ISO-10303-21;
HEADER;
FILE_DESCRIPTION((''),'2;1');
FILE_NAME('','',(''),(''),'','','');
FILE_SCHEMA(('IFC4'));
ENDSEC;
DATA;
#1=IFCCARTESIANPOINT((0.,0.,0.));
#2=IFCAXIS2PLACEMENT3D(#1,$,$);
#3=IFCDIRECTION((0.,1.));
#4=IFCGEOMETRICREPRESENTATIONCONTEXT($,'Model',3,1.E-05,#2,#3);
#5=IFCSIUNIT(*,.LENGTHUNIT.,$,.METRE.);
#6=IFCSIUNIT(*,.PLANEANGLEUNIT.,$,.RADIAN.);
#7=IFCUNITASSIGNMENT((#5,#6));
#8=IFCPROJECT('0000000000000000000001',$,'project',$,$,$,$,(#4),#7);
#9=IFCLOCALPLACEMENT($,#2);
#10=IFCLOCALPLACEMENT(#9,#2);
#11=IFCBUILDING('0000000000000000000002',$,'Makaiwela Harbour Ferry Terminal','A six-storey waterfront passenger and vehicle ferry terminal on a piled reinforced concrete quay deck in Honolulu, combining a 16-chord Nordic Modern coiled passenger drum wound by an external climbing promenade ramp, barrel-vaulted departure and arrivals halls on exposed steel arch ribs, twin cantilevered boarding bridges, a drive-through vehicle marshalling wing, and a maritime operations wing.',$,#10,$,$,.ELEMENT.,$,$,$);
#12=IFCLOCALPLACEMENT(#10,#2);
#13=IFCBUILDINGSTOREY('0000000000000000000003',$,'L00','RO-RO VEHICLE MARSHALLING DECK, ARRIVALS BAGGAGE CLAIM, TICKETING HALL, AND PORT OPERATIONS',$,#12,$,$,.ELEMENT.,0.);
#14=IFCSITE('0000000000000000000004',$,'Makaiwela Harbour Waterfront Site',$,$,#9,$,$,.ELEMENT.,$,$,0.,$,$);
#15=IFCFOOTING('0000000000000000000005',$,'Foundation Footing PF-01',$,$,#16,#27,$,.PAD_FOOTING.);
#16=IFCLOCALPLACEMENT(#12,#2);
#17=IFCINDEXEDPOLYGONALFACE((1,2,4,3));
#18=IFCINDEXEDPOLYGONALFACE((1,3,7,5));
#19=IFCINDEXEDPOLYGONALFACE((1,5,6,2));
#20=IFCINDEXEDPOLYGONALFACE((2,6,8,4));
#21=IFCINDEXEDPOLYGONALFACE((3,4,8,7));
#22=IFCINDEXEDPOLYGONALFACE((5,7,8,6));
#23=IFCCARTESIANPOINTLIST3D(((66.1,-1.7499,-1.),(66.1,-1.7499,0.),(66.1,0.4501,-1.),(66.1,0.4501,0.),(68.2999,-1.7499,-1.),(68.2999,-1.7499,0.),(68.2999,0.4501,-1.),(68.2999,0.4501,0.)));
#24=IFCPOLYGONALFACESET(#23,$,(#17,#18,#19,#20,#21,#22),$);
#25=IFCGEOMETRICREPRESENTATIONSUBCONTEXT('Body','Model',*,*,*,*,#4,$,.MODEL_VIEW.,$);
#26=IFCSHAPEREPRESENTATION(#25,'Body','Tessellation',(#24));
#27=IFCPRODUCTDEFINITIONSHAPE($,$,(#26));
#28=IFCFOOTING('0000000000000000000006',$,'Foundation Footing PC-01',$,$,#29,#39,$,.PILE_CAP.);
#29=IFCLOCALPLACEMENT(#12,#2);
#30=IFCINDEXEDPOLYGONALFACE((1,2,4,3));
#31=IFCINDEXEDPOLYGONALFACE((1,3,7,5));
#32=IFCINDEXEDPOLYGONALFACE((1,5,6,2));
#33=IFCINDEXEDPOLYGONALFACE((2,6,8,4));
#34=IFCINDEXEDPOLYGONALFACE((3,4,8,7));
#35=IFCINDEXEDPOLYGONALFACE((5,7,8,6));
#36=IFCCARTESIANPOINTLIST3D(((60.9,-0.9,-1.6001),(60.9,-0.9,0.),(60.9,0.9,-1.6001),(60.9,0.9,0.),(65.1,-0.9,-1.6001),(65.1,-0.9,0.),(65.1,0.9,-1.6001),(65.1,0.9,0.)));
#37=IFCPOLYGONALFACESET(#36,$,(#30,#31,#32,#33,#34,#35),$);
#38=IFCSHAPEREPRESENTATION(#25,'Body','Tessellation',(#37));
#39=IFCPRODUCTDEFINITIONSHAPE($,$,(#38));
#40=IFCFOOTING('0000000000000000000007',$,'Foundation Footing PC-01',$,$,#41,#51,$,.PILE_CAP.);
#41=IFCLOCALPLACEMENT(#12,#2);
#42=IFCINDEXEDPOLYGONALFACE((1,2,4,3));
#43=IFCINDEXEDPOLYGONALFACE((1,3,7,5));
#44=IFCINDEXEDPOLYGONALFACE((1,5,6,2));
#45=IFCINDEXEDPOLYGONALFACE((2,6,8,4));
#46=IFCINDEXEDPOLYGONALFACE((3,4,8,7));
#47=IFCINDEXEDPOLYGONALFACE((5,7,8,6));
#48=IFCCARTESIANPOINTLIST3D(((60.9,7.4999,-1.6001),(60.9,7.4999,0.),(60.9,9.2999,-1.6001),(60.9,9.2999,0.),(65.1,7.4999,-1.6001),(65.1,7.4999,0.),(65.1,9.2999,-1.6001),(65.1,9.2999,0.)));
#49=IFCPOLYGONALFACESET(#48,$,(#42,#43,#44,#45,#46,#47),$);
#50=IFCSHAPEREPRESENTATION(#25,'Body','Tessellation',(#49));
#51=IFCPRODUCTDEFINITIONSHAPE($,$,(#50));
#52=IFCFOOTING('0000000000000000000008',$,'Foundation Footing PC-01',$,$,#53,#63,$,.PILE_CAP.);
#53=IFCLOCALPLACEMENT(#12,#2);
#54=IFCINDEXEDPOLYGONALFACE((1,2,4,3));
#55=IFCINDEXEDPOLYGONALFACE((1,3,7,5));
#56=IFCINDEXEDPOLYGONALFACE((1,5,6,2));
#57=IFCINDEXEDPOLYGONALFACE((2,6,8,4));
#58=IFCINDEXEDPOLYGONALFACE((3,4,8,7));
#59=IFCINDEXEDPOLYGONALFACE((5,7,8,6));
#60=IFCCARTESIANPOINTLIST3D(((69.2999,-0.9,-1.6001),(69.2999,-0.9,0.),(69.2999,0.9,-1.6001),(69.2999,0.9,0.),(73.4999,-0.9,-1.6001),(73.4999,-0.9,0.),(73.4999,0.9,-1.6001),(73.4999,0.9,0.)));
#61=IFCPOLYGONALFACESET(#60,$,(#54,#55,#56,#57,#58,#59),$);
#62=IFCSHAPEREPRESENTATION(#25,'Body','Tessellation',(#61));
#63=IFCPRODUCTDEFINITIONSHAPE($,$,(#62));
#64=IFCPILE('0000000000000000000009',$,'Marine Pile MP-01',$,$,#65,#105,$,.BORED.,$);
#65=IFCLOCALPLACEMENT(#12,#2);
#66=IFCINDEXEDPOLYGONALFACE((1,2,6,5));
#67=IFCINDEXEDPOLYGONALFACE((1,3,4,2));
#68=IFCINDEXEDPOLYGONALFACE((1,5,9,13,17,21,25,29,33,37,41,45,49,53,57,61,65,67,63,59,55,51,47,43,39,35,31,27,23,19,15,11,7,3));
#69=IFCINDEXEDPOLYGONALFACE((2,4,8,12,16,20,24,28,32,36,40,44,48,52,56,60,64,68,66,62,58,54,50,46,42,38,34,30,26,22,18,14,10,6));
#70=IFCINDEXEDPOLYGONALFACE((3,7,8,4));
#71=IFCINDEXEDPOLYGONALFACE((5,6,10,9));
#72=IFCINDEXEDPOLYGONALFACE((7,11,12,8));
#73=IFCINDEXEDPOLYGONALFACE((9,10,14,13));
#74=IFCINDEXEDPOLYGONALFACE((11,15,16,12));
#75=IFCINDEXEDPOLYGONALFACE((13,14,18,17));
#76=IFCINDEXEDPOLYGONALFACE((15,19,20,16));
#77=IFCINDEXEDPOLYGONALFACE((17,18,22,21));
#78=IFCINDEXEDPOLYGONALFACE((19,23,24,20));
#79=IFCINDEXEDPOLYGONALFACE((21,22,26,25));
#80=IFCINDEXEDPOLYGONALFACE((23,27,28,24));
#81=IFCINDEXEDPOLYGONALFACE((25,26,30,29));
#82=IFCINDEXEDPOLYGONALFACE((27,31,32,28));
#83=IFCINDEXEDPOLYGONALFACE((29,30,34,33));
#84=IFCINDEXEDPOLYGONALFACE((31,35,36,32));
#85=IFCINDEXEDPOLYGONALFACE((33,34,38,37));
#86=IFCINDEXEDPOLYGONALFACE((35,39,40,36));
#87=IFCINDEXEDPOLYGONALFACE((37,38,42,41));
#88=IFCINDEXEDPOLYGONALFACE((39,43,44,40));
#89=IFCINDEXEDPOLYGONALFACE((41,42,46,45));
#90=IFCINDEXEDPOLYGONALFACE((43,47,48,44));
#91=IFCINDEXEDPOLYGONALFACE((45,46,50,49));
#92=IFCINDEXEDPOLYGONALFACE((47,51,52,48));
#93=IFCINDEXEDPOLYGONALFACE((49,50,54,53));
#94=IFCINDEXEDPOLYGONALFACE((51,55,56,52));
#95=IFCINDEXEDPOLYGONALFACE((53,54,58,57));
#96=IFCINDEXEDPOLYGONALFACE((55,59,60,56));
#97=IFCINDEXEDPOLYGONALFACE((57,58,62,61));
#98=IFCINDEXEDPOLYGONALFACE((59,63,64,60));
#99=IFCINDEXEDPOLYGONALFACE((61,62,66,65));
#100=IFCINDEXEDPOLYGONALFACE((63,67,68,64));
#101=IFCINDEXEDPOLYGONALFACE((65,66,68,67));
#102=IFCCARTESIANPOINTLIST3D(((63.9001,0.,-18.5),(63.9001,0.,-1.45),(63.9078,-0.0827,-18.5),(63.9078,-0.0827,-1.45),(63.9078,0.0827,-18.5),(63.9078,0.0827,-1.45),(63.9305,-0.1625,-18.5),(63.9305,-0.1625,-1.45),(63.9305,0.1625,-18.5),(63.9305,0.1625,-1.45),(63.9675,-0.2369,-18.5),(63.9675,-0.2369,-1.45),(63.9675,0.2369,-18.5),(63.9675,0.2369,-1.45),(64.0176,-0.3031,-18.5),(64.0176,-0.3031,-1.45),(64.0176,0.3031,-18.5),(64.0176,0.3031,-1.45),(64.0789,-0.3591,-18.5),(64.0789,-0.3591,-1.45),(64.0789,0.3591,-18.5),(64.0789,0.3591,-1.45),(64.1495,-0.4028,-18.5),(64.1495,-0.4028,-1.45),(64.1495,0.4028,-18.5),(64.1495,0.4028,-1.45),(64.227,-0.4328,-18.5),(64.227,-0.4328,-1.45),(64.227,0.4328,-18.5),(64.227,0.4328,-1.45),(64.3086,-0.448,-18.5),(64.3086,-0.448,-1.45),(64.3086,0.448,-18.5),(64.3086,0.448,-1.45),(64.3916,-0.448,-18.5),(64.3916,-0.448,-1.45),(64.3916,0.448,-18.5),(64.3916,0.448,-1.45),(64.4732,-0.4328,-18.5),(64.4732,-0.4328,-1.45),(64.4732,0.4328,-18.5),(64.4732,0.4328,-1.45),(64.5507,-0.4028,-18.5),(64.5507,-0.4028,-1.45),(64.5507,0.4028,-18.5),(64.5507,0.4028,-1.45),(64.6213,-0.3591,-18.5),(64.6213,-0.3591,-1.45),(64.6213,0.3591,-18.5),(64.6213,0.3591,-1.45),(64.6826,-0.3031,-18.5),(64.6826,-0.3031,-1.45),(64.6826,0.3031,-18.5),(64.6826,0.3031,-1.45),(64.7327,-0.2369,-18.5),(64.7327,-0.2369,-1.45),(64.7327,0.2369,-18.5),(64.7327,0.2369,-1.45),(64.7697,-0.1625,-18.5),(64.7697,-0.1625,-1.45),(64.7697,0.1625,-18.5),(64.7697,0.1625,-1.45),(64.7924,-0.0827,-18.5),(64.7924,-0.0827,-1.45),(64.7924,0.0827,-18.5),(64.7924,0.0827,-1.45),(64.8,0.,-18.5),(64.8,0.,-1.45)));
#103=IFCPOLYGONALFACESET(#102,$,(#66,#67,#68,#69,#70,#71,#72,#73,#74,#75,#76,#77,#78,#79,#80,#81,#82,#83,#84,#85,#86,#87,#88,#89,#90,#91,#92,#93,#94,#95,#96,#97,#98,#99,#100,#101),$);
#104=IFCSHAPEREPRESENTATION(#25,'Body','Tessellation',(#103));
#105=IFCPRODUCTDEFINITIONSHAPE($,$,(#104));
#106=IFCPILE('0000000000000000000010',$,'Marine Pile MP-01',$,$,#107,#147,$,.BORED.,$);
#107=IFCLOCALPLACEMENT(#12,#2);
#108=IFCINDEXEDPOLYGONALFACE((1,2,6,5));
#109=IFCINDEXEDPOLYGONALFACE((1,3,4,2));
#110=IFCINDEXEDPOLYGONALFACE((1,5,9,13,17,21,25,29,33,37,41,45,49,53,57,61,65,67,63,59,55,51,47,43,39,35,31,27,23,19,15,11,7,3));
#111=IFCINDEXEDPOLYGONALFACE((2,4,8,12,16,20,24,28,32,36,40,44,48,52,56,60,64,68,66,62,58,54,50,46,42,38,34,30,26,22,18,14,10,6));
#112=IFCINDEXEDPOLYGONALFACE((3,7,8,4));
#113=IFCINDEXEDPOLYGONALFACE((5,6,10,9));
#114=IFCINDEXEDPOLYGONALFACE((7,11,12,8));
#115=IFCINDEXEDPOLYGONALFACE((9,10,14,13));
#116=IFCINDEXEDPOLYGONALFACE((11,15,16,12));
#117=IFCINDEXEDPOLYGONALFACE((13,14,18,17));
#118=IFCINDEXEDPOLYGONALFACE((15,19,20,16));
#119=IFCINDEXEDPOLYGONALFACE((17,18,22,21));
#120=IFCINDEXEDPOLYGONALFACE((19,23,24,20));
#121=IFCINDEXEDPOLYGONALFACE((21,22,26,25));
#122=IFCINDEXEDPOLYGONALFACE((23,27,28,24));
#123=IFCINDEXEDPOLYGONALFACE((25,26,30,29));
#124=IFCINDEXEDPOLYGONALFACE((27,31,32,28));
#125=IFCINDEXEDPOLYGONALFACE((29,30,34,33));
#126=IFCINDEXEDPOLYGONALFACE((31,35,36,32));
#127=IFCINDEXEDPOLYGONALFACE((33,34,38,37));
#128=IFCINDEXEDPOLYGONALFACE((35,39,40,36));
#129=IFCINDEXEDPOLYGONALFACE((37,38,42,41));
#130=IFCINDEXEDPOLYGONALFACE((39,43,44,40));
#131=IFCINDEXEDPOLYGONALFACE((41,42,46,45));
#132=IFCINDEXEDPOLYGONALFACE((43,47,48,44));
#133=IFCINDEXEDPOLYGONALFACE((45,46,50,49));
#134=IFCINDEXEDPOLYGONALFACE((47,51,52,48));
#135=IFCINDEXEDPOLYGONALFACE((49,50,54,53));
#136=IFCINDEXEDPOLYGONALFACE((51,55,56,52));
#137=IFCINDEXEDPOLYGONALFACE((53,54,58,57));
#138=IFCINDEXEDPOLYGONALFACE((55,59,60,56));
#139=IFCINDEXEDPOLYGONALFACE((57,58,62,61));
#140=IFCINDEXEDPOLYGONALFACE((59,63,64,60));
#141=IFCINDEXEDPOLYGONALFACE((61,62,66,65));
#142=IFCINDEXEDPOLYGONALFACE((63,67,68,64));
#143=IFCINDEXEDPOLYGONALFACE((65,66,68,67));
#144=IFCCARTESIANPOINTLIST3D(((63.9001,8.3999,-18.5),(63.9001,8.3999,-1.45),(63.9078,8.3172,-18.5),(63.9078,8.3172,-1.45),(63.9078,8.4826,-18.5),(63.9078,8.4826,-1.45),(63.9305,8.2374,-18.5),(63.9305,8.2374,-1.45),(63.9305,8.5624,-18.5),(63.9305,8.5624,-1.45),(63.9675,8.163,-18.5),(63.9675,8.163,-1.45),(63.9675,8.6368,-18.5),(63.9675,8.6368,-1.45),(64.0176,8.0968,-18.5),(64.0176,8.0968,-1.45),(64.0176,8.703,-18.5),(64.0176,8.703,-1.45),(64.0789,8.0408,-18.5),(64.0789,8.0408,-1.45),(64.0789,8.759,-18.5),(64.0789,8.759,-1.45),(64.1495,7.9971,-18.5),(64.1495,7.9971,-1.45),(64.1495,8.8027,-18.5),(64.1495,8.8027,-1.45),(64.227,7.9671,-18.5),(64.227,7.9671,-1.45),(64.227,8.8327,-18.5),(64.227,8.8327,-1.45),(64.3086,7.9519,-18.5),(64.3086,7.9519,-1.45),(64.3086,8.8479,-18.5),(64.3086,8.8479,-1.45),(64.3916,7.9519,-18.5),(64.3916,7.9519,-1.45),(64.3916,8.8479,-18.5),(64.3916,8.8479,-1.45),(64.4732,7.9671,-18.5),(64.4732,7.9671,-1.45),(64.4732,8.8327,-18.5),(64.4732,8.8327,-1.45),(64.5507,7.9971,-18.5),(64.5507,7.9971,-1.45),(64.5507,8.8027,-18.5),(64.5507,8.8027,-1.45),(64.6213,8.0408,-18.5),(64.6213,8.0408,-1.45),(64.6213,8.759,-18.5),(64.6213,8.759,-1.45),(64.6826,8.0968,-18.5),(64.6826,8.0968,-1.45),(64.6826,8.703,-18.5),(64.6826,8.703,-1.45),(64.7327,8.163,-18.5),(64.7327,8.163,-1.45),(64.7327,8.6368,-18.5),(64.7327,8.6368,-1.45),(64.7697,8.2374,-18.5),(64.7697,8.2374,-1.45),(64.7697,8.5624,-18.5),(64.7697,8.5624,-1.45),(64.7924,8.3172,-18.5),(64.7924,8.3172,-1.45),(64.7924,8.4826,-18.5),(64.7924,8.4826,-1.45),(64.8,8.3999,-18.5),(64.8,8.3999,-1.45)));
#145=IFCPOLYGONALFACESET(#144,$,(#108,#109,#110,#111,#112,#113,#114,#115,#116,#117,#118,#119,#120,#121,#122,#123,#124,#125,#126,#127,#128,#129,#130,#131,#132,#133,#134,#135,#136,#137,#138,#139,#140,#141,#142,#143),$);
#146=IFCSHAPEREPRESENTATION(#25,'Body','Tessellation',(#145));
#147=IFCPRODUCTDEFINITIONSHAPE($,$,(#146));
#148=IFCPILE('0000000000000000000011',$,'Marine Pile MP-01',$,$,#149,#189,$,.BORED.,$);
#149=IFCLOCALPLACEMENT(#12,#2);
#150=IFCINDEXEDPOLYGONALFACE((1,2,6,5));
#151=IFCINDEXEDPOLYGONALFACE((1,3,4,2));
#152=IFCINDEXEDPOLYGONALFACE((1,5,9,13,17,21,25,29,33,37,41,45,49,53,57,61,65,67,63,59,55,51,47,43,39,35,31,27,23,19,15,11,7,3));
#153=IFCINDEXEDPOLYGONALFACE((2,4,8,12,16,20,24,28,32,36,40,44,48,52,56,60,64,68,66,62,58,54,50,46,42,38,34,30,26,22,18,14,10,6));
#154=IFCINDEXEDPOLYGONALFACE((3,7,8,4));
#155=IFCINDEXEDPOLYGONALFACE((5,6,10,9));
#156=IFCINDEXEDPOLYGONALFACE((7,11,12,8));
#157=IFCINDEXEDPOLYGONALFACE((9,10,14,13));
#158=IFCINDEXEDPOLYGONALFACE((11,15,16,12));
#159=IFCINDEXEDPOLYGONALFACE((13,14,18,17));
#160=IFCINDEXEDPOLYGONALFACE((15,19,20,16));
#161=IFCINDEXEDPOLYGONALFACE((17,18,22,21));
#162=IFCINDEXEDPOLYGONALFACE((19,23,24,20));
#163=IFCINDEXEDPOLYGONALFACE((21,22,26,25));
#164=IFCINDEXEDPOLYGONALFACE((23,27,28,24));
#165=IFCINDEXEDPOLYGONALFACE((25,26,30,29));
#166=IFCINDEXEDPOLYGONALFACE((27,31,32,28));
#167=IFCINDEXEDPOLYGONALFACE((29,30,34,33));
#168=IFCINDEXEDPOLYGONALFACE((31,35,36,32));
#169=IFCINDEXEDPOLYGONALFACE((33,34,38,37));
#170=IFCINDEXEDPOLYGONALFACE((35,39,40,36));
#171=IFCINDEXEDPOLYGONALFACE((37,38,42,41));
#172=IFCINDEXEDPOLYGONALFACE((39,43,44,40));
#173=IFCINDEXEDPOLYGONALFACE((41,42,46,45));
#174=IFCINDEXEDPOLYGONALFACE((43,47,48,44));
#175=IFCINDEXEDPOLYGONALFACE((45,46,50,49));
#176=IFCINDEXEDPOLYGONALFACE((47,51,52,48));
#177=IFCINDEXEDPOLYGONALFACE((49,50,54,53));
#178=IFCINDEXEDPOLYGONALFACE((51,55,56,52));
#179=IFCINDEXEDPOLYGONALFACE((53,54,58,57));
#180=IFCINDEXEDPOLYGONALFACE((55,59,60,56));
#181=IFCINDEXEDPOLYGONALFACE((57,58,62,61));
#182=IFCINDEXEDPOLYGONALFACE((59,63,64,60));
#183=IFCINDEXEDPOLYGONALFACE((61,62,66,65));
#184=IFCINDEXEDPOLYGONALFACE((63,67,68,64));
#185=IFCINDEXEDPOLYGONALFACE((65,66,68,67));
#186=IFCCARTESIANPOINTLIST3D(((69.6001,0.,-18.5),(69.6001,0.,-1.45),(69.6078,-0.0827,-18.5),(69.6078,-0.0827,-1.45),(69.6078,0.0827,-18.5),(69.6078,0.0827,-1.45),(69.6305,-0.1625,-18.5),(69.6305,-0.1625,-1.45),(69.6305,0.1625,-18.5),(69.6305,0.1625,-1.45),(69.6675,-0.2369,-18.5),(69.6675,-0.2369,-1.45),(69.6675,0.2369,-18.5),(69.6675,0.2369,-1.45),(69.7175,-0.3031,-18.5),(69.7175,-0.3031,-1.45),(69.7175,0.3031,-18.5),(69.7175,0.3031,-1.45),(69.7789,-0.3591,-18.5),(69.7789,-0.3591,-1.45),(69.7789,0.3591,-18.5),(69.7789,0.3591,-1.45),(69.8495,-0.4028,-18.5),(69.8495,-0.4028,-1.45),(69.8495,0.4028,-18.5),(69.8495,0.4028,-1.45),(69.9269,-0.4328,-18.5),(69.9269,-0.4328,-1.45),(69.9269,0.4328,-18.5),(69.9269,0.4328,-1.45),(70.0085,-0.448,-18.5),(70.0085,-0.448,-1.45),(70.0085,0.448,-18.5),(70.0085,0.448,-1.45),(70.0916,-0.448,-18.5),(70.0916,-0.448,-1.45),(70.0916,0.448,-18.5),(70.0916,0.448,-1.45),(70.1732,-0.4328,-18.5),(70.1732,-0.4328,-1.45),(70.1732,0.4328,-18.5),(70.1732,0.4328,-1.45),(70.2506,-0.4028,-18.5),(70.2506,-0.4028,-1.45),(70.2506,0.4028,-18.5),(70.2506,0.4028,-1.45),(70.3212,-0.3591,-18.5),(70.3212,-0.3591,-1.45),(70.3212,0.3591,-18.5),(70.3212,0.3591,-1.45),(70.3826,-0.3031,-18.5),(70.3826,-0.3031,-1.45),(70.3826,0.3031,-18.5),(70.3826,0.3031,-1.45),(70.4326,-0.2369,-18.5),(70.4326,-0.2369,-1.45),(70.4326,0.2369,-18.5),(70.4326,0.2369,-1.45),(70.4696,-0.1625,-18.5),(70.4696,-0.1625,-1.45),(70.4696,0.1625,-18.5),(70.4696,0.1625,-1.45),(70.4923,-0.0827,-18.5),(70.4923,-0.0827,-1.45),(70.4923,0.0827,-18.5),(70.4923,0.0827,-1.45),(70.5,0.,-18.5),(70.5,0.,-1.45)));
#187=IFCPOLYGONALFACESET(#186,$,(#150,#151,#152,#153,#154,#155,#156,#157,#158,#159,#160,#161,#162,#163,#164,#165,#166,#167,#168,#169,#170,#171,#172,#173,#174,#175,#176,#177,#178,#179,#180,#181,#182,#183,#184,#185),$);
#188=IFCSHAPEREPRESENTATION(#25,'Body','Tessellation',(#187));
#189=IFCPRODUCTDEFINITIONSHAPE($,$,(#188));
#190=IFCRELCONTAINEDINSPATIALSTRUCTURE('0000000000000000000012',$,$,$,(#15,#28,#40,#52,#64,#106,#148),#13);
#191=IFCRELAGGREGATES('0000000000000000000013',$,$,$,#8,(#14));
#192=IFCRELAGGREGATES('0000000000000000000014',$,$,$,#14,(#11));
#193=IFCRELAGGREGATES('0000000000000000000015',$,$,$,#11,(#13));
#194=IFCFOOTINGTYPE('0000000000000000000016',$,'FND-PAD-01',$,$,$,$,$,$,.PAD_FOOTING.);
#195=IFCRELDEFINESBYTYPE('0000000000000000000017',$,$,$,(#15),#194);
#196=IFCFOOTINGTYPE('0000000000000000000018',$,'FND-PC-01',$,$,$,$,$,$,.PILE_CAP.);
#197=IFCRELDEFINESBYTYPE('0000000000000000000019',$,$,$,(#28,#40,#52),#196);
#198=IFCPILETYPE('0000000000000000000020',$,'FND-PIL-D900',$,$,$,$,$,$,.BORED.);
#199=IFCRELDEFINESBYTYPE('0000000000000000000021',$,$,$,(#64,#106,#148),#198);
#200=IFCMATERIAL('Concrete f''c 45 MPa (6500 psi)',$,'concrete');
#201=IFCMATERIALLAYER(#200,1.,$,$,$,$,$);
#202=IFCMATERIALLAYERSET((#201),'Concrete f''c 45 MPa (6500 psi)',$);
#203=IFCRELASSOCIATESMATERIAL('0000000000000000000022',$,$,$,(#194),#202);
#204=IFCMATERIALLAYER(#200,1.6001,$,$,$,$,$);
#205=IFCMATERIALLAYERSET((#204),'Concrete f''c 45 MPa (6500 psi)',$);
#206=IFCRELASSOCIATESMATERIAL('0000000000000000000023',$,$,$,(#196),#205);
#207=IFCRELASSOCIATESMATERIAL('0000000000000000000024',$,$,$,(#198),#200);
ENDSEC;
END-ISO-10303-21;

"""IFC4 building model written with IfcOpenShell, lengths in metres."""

from ifc_helpers import new_model, si_unit, direction, frame, origin, origin_2d, place, context, subcontext, project, spatial, rectangle, circle, extrude, material, layer, layer_set, material_profile, profile_set, type_object, element, save


model = new_model("IFC4")

# Units and contexts
model_context = context("Model", 3, precision=1e-05, world=origin(), true_north=direction((0.0, 1.0)))
body_context = subcontext(model_context, "Body", "Model", "MODEL_VIEW")
ifc_project = project(units=[si_unit("LENGTHUNIT", "METRE"), si_unit("PLANEANGLEUNIT", "RADIAN")], contexts=[model_context])

# Site, building, storey
site_placement = place(None, origin())
site = spatial("IfcSite", under=ifc_project, at=site_placement, Name="Makaiwela Harbour Waterfront Site", CompositionType="ELEMENT", RefElevation=0.0)
building_placement = place(site_placement, origin())
building = spatial("IfcBuilding", under=site, at=building_placement, Name="Makaiwela Harbour Ferry Terminal", Description="A six-storey waterfront passenger and vehicle ferry terminal on a piled reinforced concrete quay deck in Honolulu, combining a 16-chord Nordic Modern coiled passenger drum wound by an external climbing promenade ramp, barrel-vaulted departure and arrivals halls on exposed steel arch ribs, twin cantilevered boarding bridges, a drive-through vehicle marshalling wing, and a maritime operations wing.", CompositionType="ELEMENT")
storey_placement = place(building_placement, origin())
storey = spatial("IfcBuildingStorey", under=building, at=storey_placement, Name="L00", Description="RO-RO VEHICLE MARSHALLING DECK, ARRIVALS BAGGAGE CLAIM, TICKETING HALL, AND PORT OPERATIONS", CompositionType="ELEMENT", Elevation=0.0)

# Footings
ifc_material_1 = material(Name="Concrete f'c 45 MPa (6500 psi)", Category="concrete")
ifc_layer_1 = layer(ifc_material_1, 1.0)
ifc_layer_set_1 = layer_set([ifc_layer_1], Name="Concrete f'c 45 MPa (6500 psi)")
footing_type_1 = type_object("IfcFootingType", Name="FND-PAD-01", PredefinedType="PAD_FOOTING", material=ifc_layer_set_1)
footing_1_placement = place(storey_placement, frame((67.2, -0.6499, -1.0), z_axis=(0.0, 0.0, 1.0), x_axis=(1.0, 0.0, 0.0)))
element("IfcFooting", 1, at=footing_1_placement, inside=storey, type_object=footing_type_1, Name="Foundation Footing PF-01", PredefinedType="PAD_FOOTING", context=body_context, shape_type="SweptSolid", body=[
    extrude(rectangle(XDim=2.2, YDim=2.2, at=origin_2d()), origin(), (0.0, 0.0, 1.0), 1.0),
])
ifc_layer_2 = layer(ifc_material_1, 1.6001)
ifc_layer_set_2 = layer_set([ifc_layer_2], Name="Concrete f'c 45 MPa (6500 psi)")
footing_type_2 = type_object("IfcFootingType", Name="FND-PC-01", PredefinedType="PILE_CAP", material=ifc_layer_set_2)
for number, where, z_axis, x_axis, name in (
    (2, (63.0, 0.0, -1.6001), (0.0, 0.0, 1.0), (1.0, 0.0, 0.0), "Foundation Footing PC-01"),
    (3, (63.0, 8.3999, -1.6001), (0.0, 0.0, 1.0), (1.0, 0.0, 0.0), "Foundation Footing PC-01"),
    (4, (71.3999, 0.0, -1.6001), (0.0, 0.0, 1.0), (1.0, 0.0, 0.0), "Foundation Footing PC-01"),
):
    element("IfcFooting", number, at=place(storey_placement, frame(where, z_axis=z_axis, x_axis=x_axis)), inside=storey, type_object=footing_type_2, Name=name, PredefinedType="PILE_CAP", context=body_context, shape_type="SweptSolid", body=[
        extrude(rectangle(XDim=4.2, YDim=1.8, at=origin_2d()), origin(), (0.0, 0.0, 1.0), 1.6001),
    ])

# Piles
ifc_material_profile_1 = material_profile(ifc_material_1, circle(Radius=0.45, at=origin_2d()), Name="PILE-D900")
ifc_profile_set_1 = profile_set([ifc_material_profile_1], Name="Concrete f'c 45 MPa (6500 psi)")
pile_type = type_object("IfcPileType", Name="FND-PIL-D900", PredefinedType="BORED", material=ifc_profile_set_1)
for number, where, z_axis, x_axis, name in (
    (5, (64.3501, 0.0, -1.45), (0.0, 0.0, -1.0), (1.0, 0.0, 0.0), "Marine Pile MP-01"),
    (6, (64.3501, 8.3999, -1.45), (0.0, 0.0, -1.0), (1.0, 0.0, 0.0), "Marine Pile MP-01"),
    (7, (70.05, 0.0, -1.45), (0.0, 0.0, -1.0), (1.0, 0.0, 0.0), "Marine Pile MP-01"),
):
    element("IfcPile", number, at=place(storey_placement, frame(where, z_axis=z_axis, x_axis=x_axis)), inside=storey, type_object=pile_type, Name=name, PredefinedType="BORED", context=body_context, shape_type="SweptSolid", body=[
        extrude(circle(Radius=0.45, at=origin_2d()), origin(), (0.0, 0.0, 1.0), 17.05),
    ])

save(model, "model.ifc")
